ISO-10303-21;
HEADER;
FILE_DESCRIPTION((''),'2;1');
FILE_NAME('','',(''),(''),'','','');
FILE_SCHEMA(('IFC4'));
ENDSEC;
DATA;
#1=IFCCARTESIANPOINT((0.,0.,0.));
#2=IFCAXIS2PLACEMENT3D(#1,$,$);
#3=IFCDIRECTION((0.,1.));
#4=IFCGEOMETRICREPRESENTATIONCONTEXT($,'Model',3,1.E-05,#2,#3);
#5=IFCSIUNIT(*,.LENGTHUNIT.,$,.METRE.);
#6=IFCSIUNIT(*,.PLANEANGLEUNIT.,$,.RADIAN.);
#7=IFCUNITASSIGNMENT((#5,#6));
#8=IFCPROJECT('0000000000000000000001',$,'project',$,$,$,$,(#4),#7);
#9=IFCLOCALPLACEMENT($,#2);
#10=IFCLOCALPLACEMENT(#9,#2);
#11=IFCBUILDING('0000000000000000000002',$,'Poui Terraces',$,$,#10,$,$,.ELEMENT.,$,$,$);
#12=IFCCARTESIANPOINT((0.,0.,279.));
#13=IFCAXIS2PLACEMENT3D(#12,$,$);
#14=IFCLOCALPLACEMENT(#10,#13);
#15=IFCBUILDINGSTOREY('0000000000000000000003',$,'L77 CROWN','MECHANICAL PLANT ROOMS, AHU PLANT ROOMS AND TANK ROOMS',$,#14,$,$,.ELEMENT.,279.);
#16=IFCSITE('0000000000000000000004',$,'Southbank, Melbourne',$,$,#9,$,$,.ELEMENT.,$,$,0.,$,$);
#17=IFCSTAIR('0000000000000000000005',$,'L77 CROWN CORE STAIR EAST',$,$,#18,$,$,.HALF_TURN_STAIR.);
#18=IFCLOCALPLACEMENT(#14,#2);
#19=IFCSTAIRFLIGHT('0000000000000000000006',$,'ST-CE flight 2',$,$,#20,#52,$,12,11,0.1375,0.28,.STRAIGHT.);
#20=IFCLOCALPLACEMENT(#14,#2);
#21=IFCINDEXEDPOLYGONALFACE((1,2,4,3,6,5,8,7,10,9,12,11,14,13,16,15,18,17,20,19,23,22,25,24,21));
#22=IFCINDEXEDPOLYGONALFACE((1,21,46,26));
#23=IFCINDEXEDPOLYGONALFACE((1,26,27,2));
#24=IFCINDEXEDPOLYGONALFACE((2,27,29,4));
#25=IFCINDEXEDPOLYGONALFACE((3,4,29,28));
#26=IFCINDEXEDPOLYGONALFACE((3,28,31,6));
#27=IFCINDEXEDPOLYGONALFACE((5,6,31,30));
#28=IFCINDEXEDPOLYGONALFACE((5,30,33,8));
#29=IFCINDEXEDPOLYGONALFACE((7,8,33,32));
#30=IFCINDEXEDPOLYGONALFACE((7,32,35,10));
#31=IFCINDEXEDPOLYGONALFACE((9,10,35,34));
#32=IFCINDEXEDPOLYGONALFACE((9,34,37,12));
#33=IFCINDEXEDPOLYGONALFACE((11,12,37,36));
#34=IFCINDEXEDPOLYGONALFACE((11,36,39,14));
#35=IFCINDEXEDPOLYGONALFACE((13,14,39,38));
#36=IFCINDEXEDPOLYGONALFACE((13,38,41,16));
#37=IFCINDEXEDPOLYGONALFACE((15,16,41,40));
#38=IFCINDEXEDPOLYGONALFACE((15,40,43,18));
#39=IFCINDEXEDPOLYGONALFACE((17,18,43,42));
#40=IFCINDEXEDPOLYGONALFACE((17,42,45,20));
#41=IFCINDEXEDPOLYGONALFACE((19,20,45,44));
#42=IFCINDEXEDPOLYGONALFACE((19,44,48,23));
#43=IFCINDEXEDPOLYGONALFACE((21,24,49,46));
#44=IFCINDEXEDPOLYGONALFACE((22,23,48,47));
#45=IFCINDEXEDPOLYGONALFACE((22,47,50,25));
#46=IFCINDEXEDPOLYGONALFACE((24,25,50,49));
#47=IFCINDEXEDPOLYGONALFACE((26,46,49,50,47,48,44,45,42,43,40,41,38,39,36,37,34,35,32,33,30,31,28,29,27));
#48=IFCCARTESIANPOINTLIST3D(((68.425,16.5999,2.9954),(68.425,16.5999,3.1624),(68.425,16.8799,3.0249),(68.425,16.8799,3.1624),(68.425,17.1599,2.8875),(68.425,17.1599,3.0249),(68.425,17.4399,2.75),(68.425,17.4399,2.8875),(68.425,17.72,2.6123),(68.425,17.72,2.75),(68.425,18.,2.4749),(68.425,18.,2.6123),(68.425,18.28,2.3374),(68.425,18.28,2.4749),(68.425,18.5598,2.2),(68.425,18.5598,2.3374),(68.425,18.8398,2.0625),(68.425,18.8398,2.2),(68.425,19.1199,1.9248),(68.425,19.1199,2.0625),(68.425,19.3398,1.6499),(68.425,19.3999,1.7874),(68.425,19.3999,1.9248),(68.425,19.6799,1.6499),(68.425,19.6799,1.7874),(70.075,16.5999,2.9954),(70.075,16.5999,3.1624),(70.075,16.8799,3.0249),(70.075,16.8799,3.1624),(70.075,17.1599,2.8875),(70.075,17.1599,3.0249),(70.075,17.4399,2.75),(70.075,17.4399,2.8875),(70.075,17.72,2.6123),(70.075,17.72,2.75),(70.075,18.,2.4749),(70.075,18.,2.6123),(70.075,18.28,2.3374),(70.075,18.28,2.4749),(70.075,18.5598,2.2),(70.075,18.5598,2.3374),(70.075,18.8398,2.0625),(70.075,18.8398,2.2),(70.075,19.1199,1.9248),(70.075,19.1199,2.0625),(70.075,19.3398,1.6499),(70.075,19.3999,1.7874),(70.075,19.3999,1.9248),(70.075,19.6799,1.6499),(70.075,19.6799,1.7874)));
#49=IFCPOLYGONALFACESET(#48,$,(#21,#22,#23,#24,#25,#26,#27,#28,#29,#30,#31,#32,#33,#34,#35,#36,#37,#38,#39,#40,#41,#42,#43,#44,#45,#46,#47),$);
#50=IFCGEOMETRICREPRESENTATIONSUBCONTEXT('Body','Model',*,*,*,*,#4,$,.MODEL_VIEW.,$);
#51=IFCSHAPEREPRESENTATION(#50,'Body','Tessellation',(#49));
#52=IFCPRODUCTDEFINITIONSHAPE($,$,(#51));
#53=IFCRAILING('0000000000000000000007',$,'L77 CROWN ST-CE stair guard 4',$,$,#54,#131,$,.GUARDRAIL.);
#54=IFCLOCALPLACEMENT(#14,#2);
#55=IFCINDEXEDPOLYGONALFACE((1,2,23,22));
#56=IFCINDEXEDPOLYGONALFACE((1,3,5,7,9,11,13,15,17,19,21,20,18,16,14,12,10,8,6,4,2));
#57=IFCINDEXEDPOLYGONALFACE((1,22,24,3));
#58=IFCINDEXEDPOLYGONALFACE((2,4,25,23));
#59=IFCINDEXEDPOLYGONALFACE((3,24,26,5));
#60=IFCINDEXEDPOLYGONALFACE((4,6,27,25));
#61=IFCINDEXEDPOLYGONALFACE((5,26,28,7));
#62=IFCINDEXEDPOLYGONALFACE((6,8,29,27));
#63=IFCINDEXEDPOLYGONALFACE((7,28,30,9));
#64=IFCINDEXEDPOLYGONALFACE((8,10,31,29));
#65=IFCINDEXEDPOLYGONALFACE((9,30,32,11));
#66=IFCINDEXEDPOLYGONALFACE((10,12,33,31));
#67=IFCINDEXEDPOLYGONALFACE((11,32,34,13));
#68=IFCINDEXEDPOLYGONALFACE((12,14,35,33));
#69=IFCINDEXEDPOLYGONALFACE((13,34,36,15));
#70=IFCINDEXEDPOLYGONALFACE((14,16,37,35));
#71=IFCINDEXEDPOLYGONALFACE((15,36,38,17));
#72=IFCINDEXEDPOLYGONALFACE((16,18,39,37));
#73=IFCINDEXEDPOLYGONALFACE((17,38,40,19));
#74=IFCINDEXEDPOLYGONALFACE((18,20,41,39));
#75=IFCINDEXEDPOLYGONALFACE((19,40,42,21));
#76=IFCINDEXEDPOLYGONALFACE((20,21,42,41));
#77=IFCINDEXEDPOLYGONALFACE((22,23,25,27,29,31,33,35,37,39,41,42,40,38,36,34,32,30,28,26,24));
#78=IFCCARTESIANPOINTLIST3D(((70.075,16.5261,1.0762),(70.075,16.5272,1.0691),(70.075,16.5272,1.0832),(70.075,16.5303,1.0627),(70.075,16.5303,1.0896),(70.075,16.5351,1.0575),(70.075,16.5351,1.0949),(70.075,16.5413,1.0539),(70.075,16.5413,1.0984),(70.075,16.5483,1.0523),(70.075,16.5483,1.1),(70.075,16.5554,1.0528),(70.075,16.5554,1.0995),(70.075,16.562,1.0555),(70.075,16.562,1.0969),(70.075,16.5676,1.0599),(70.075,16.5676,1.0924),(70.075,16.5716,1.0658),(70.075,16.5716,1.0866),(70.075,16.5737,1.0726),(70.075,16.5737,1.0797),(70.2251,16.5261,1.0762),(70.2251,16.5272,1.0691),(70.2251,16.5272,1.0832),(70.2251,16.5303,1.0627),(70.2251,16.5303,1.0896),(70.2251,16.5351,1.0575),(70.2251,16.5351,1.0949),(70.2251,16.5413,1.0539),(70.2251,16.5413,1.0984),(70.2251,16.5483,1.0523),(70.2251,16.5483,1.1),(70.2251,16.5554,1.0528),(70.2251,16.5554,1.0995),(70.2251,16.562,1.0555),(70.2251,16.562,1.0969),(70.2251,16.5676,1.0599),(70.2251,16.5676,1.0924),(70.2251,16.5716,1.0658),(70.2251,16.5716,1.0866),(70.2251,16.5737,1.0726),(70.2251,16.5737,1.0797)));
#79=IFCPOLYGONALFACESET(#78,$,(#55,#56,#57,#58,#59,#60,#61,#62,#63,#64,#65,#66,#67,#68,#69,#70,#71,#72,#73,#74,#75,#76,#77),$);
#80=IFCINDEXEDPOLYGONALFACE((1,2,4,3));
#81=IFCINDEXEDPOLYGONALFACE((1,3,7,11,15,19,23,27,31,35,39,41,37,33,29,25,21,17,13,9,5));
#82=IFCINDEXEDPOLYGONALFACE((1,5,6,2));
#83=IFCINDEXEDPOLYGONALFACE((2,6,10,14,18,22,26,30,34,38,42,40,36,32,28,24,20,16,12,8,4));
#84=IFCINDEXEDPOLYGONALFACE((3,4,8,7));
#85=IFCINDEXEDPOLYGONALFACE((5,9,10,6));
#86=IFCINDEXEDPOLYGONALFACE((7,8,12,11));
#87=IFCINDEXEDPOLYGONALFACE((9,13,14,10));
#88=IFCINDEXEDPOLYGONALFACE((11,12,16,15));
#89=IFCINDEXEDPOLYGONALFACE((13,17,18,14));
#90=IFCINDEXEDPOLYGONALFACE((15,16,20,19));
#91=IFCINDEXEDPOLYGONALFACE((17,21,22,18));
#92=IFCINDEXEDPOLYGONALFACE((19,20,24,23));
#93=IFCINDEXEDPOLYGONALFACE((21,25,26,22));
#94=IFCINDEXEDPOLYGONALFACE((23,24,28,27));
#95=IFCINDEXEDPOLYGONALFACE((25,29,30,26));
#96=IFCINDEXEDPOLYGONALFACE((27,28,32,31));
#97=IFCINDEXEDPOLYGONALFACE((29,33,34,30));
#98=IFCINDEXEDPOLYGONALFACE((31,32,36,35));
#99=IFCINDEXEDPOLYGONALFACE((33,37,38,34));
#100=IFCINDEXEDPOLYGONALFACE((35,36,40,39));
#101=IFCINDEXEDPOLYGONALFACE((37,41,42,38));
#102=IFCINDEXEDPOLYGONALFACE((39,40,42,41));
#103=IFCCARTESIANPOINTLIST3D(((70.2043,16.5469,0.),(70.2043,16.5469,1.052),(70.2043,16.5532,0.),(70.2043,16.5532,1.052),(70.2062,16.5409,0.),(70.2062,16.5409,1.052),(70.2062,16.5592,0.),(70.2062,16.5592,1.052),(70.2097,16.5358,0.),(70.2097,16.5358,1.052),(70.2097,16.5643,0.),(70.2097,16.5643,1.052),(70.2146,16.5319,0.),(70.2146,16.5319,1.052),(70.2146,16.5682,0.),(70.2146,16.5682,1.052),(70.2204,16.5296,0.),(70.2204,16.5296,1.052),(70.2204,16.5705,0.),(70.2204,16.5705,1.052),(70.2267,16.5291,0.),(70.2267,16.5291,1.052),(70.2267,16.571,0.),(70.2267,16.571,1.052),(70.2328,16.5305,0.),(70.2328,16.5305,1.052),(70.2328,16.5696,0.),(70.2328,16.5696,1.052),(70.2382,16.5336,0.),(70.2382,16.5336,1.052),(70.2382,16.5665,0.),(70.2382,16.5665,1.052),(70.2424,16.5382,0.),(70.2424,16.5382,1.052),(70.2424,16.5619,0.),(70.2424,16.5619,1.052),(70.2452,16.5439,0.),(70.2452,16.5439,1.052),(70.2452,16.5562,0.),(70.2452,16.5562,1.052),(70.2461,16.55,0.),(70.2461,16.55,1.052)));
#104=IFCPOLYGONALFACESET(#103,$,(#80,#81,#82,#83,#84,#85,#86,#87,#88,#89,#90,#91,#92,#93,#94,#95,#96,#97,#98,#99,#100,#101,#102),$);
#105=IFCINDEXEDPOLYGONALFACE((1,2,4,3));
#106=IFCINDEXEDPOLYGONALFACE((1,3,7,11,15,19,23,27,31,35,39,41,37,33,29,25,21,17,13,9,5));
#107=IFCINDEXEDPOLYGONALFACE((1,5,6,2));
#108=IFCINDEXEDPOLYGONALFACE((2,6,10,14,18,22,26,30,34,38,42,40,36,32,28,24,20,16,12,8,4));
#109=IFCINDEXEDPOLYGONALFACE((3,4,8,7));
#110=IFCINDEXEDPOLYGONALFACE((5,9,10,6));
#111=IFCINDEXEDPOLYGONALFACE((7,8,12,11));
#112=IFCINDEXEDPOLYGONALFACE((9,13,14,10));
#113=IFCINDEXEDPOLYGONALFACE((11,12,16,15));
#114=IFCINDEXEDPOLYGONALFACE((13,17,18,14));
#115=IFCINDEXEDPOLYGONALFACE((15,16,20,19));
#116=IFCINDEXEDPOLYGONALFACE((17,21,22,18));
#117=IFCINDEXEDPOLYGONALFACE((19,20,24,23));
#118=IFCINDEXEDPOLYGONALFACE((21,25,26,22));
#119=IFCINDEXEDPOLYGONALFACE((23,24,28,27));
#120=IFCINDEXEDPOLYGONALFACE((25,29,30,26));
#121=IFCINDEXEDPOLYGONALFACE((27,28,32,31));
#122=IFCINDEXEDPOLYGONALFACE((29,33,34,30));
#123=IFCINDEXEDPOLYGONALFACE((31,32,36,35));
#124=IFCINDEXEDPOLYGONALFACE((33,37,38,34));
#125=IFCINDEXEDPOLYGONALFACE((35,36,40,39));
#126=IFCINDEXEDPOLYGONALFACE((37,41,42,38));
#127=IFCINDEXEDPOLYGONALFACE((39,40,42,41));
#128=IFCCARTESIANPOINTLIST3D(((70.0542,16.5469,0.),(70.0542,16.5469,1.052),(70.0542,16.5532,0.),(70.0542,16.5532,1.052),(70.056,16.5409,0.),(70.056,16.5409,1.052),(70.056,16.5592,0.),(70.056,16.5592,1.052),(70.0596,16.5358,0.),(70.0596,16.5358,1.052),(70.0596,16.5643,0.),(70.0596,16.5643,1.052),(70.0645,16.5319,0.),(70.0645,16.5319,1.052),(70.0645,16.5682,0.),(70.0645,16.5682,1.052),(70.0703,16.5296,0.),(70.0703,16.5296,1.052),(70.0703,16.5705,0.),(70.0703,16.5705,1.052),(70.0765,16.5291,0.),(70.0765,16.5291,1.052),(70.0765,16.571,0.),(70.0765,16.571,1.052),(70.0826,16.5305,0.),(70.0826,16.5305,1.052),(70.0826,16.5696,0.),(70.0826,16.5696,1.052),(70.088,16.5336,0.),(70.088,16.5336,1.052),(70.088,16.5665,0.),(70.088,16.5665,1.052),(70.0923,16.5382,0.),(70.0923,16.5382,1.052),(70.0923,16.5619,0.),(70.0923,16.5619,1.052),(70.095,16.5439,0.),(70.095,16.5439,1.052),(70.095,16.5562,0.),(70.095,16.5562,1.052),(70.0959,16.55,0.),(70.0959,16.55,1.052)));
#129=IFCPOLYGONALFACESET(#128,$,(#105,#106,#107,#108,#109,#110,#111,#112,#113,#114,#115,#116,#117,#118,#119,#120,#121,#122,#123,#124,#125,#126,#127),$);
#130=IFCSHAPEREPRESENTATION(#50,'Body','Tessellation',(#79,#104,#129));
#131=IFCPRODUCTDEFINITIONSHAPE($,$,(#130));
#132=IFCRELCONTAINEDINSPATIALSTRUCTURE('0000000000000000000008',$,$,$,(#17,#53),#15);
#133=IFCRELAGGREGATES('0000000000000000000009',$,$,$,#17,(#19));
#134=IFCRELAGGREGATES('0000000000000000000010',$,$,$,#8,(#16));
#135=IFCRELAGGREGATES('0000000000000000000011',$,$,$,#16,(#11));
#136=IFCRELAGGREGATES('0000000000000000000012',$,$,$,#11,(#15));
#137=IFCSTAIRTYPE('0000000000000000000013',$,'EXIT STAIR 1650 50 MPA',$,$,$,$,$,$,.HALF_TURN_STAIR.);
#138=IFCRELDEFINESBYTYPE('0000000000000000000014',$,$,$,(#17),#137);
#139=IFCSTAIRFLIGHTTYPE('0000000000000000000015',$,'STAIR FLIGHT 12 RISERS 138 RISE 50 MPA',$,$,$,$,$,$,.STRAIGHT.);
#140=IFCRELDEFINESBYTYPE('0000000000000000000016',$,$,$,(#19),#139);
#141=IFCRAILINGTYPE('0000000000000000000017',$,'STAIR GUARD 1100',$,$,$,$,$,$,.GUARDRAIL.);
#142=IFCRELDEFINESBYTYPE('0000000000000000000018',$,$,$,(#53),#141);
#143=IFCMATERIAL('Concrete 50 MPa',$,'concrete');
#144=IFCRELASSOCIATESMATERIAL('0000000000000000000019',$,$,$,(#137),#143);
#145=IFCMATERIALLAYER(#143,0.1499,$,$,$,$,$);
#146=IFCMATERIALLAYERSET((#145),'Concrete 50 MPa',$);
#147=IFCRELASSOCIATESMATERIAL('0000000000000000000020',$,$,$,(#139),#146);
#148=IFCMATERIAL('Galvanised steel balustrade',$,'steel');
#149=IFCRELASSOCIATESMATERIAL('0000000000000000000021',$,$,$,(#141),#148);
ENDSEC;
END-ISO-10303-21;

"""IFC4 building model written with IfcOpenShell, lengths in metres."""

from ifc_helpers import new_model, si_unit, direction, frame, origin, origin_2d, place, context, subcontext, project, spatial, polyline, circle, outline, extrude, material, layer, layer_set, type_object, element, aggregate, save


model = new_model("IFC4")

# Units and contexts
model_context = context("Model", 3, precision=1e-05, world=origin(), true_north=direction((0.0, 1.0)))
body_context = subcontext(model_context, "Body", "Model", "MODEL_VIEW")
ifc_project = project(units=[si_unit("LENGTHUNIT", "METRE"), si_unit("PLANEANGLEUNIT", "RADIAN")], contexts=[model_context])

# Site, building, storey
site_placement = place(None, origin())
site = spatial("IfcSite", under=ifc_project, at=site_placement, Name="Southbank, Melbourne", CompositionType="ELEMENT", RefElevation=0.0)
building_placement = place(site_placement, origin())
building = spatial("IfcBuilding", under=site, at=building_placement, Name="Poui Terraces", CompositionType="ELEMENT")
storey_placement = place(building_placement, frame((0.0, 0.0, 279.0)))
storey = spatial("IfcBuildingStorey", under=building, at=storey_placement, Name="L77 CROWN", Description="MECHANICAL PLANT ROOMS, AHU PLANT ROOMS AND TANK ROOMS", CompositionType="ELEMENT", Elevation=279.0)

# Shared definitions
ifc_material_1 = material(Name="Concrete 50 MPa", Category="concrete")

# Stair, stair flight
stair_type = type_object("IfcStairType", Name="EXIT STAIR 1650 50 MPA", PredefinedType="HALF_TURN_STAIR", material=ifc_material_1)
stair_placement = place(storey_placement, origin())
stair = element("IfcStair", 1, at=stair_placement, inside=storey, type_object=stair_type, Name="L77 CROWN CORE STAIR EAST", PredefinedType="HALF_TURN_STAIR")
ifc_layer_1 = layer(ifc_material_1, 0.1499)
ifc_layer_set_1 = layer_set([ifc_layer_1], Name="Concrete 50 MPa")
stair_flight_type = type_object("IfcStairFlightType", Name="STAIR FLIGHT 12 RISERS 138 RISE 50 MPA", PredefinedType="STRAIGHT", material=ifc_layer_set_1)
stair_flight_placement = place(storey_placement, frame((69.25, 19.6799, 1.6499), z_axis=(0.0, 0.0, 1.0), x_axis=(0.0, -1.0, 0.0)))
stair_flight = element("IfcStairFlight", 2, at=stair_flight_placement, type_object=stair_flight_type, Name="ST-CE flight 2", NumberOfRisers=12, NumberOfTreads=11, PredefinedType="STRAIGHT", RiserHeight=0.1375, TreadLength=0.28, context=body_context, shape_type="SweptSolid", body=[
    extrude(outline(polyline([(0.0, 0.0), (0.0, 0.1375), (0.28, 0.1375), (0.28, 0.2749), (0.5601, 0.2749), (0.5601, 0.4126), (0.8401, 0.4126), (0.8401, 0.55), (1.1201, 0.55), (1.1201, 0.6875), (1.3999, 0.6875), (1.3999, 0.825), (1.6799, 0.825), (1.6799, 0.9624), (1.96, 0.9624), (1.96, 1.1001), (2.24, 1.1001), (2.24, 1.2375), (2.52, 1.2375), (2.52, 1.375), (2.8, 1.375), (2.8, 1.5125), (3.0801, 1.5125), (3.0801, 1.6499), (3.0801, 1.3455), (0.3401, 0.0), (0.0, 0.0)])), frame((0.0, 0.825, 0.0), z_axis=(0.0, -1.0, 0.0), x_axis=(1.0, 0.0, 0.0)), (0.0, 0.0, 1.0), 1.6499),
])
aggregate(stair, [stair_flight])

# Railing
ifc_material_2 = material(Name="Galvanised steel balustrade", Category="steel")
railing_type_1 = type_object("IfcRailingType", Name="STAIR GUARD 1100", PredefinedType="GUARDRAIL", material=ifc_material_2)
railing_1_placement = place(storey_placement, frame((70.2251, 16.55, 0.0)))
element("IfcRailing", 3, at=railing_1_placement, inside=storey, type_object=railing_type_1, Name="L77 CROWN ST-CE stair guard 4", PredefinedType="GUARDRAIL", context=body_context, shape_type="SweptSolid", body=[
    extrude(circle(Radius=0.0239, at=origin_2d()), frame((0.0, 0.0, 1.0762), z_axis=(-1.0, 0.0, 0.0), x_axis=(0.0, -1.0, 0.0)), (0.0, 0.0, 1.0), 0.1501),
    extrude(circle(Radius=0.021, at=origin_2d()), origin(), (0.0, 0.0, 1.0), 1.052),
    extrude(circle(Radius=0.021, at=origin_2d()), frame((-0.1501, 0.0, 0.0)), (0.0, 0.0, 1.0), 1.052),
])

save(model, "model.ifc")
